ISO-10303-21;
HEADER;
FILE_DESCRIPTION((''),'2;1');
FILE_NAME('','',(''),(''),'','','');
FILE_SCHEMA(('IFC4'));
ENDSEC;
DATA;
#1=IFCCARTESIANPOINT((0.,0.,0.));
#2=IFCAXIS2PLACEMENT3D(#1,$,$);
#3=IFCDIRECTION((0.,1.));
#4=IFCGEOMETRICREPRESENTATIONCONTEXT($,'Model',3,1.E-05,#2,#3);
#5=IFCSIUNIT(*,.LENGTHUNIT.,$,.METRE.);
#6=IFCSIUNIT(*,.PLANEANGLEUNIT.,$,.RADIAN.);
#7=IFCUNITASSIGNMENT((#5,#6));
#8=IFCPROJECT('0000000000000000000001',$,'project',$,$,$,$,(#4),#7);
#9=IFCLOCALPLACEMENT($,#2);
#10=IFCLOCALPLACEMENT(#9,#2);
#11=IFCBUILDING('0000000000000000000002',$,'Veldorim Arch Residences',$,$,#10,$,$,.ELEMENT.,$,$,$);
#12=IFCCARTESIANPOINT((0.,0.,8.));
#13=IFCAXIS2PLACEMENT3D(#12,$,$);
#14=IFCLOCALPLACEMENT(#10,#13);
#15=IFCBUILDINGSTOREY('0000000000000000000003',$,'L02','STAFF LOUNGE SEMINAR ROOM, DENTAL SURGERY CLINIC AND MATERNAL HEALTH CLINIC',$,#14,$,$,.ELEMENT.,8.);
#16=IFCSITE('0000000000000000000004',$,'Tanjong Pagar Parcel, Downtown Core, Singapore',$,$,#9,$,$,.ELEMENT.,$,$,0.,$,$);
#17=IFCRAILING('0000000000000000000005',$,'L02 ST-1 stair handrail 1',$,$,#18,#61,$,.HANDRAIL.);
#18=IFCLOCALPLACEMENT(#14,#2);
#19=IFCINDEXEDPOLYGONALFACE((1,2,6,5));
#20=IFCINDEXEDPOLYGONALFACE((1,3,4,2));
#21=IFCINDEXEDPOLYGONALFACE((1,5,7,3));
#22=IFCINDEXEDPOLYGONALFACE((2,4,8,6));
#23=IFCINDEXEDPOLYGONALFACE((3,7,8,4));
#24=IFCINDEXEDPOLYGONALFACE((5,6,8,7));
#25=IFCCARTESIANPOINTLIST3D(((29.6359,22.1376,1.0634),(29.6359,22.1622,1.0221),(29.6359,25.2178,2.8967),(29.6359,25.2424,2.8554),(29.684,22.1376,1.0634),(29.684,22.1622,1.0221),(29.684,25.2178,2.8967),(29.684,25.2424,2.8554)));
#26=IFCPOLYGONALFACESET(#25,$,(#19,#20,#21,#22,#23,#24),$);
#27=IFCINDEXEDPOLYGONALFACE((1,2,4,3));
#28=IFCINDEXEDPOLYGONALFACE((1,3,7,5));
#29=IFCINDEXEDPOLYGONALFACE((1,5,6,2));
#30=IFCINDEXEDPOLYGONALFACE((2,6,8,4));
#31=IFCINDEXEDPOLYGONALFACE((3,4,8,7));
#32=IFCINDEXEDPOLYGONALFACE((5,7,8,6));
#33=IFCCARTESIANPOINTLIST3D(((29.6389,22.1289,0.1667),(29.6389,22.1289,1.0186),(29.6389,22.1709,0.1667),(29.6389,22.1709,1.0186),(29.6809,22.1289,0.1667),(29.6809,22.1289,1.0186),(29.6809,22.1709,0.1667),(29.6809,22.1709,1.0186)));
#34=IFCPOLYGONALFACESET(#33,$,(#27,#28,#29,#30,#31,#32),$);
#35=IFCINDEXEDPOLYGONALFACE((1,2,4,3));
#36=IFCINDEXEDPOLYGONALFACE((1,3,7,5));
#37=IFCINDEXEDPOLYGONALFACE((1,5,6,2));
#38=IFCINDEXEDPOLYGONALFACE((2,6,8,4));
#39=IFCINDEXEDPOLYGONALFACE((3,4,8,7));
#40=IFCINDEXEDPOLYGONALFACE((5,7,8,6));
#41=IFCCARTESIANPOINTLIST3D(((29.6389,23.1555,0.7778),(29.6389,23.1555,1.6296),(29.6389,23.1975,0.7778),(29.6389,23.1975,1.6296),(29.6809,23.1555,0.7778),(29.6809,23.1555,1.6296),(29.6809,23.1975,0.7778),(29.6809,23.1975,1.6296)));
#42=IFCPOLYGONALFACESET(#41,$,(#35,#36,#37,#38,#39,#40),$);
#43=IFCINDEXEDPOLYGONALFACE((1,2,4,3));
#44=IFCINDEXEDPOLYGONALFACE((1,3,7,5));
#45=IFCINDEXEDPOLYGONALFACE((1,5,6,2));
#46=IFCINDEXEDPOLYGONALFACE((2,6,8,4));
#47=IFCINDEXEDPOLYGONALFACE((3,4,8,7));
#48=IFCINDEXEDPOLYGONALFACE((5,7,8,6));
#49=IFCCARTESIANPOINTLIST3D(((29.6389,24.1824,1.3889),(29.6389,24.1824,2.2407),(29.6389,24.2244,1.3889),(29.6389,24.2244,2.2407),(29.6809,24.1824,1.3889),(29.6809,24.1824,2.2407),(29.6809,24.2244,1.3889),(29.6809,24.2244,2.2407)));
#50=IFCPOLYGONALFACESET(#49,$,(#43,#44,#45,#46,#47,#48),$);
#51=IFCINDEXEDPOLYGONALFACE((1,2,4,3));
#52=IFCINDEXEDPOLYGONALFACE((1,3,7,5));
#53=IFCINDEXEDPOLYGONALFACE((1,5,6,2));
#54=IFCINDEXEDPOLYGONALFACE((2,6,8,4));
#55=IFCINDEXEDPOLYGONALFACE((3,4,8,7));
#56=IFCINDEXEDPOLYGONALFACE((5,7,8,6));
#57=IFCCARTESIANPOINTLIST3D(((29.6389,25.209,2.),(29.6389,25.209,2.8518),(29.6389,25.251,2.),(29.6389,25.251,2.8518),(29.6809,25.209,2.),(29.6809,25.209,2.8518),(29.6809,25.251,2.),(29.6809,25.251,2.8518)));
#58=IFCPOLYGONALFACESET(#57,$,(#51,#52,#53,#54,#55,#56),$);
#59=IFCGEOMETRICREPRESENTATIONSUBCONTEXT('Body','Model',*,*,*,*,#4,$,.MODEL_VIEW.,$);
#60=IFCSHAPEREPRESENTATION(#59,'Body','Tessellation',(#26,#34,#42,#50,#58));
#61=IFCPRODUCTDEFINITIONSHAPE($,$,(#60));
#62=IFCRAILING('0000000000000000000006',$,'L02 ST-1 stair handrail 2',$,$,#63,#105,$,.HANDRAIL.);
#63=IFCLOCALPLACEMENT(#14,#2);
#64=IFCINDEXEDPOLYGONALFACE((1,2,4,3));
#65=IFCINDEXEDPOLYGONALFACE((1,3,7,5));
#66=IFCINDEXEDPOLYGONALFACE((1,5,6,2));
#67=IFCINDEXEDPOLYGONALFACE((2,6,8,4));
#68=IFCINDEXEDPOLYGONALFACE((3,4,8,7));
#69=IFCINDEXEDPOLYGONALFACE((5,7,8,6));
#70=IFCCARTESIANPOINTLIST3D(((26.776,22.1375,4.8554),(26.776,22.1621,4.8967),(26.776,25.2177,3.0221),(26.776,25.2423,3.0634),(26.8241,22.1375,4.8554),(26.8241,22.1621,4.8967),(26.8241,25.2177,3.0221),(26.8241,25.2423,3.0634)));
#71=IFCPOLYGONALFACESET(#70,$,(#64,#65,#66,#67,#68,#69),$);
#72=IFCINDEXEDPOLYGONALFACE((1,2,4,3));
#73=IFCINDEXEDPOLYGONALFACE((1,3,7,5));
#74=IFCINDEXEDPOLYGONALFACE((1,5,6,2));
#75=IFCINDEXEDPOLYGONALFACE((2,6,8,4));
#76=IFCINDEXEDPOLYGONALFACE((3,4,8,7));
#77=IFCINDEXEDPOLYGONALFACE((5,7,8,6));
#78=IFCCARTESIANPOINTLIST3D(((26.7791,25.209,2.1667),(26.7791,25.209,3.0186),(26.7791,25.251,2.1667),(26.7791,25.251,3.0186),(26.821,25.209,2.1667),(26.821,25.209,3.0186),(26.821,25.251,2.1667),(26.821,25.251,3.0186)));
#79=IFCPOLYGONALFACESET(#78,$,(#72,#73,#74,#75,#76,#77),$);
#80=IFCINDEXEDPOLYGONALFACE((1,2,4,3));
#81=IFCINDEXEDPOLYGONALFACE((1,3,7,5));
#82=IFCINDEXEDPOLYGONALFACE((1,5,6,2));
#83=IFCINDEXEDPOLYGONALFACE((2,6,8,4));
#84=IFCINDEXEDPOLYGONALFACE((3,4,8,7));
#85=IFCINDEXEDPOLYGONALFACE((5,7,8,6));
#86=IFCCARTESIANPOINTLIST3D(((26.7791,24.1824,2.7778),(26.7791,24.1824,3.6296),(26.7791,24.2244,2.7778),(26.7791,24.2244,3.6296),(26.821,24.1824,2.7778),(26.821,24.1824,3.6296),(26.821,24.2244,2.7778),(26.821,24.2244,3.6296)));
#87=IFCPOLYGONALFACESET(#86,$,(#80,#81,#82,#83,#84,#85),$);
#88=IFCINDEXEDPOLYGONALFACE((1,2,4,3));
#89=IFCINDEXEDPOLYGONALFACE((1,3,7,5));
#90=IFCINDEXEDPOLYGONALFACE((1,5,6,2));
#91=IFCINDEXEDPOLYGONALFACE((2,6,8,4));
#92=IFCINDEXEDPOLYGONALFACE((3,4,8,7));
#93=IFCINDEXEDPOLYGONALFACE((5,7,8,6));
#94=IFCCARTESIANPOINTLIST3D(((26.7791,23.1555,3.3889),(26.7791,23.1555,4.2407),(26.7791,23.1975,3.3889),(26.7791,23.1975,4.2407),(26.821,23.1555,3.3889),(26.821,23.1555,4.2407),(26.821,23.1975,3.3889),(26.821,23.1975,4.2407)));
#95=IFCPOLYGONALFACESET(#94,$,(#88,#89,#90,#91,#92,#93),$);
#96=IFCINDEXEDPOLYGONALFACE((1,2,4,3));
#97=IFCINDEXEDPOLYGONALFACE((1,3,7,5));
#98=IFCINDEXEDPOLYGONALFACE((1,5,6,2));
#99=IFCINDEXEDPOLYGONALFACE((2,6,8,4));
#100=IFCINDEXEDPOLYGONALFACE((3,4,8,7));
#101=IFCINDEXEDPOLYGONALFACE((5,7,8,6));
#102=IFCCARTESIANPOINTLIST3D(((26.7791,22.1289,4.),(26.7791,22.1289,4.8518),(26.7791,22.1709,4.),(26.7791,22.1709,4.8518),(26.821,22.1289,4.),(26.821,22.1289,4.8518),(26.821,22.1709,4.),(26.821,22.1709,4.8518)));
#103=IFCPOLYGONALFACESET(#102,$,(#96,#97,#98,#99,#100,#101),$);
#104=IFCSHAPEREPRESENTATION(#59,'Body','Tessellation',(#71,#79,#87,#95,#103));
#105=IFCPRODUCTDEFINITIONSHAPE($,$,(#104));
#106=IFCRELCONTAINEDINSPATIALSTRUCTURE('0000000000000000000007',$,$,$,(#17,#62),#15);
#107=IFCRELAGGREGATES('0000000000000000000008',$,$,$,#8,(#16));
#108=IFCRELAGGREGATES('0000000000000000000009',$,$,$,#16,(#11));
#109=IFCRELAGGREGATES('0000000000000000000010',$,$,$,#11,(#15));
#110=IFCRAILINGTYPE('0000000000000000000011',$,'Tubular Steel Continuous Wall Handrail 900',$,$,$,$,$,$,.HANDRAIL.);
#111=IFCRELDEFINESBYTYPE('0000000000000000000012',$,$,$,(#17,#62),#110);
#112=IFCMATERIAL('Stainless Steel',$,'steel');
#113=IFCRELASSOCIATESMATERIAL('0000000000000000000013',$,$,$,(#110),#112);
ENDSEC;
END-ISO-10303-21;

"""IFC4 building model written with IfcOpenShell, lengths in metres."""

from ifc_helpers import new_model, si_unit, direction, frame, origin, origin_2d, place, context, subcontext, project, spatial, rectangle, extrude, material, type_object, element, save


model = new_model("IFC4")

# Units and contexts
model_context = context("Model", 3, precision=1e-05, world=origin(), true_north=direction((0.0, 1.0)))
body_context = subcontext(model_context, "Body", "Model", "MODEL_VIEW")
ifc_project = project(units=[si_unit("LENGTHUNIT", "METRE"), si_unit("PLANEANGLEUNIT", "RADIAN")], contexts=[model_context])

# Site, building, storey
site_placement = place(None, origin())
site = spatial("IfcSite", under=ifc_project, at=site_placement, Name="Tanjong Pagar Parcel, Downtown Core, Singapore", CompositionType="ELEMENT", RefElevation=0.0)
building_placement = place(site_placement, origin())
building = spatial("IfcBuilding", under=site, at=building_placement, Name="Veldorim Arch Residences", CompositionType="ELEMENT")
storey_placement = place(building_placement, frame((0.0, 0.0, 8.0)))
storey = spatial("IfcBuildingStorey", under=building, at=storey_placement, Name="L02", Description="STAFF LOUNGE SEMINAR ROOM, DENTAL SURGERY CLINIC AND MATERNAL HEALTH CLINIC", CompositionType="ELEMENT", Elevation=8.0)

# Railings
ifc_material_1 = material(Name="Stainless Steel", Category="steel")
railing_type_1 = type_object("IfcRailingType", Name="Tubular Steel Continuous Wall Handrail 900", PredefinedType="HANDRAIL", material=ifc_material_1)
railing_1_placement = place(storey_placement, frame((29.6599, 22.1499, 0.1667)))
element("IfcRailing", 1, at=railing_1_placement, inside=storey, type_object=railing_type_1, Name="L02 ST-1 stair handrail 1", PredefinedType="HANDRAIL", context=body_context, shape_type="SweptSolid", body=[
    extrude(rectangle(XDim=0.0481, YDim=0.0481, at=origin_2d()), frame((0.0, 0.0, 0.876), z_axis=(0.0, 0.859309, 0.511458), x_axis=(-1.0, 0.0, 0.0)), (0.0, 0.0, 1.0), 3.5845),
    extrude(rectangle(XDim=0.042, YDim=0.042, at=origin_2d()), origin(), (0.0, 0.0, 1.0), 0.8518),
    extrude(rectangle(XDim=0.042, YDim=0.042, at=origin_2d()), frame((0.0, 1.0266, 0.6111)), (0.0, 0.0, 1.0), 0.8518),
    extrude(rectangle(XDim=0.042, YDim=0.042, at=origin_2d()), frame((0.0, 2.0535, 1.2222)), (0.0, 0.0, 1.0), 0.8518),
    extrude(rectangle(XDim=0.042, YDim=0.042, at=origin_2d()), frame((0.0, 3.0801, 1.8333)), (0.0, 0.0, 1.0), 0.8518),
])
railing_2_placement = place(storey_placement, frame((26.8, 25.23, 2.1667)))
element("IfcRailing", 2, at=railing_2_placement, inside=storey, type_object=railing_type_1, Name="L02 ST-1 stair handrail 2", PredefinedType="HANDRAIL", context=body_context, shape_type="SweptSolid", body=[
    extrude(rectangle(XDim=0.0481, YDim=0.0481, at=origin_2d()), frame((0.0, 0.0, 0.876), z_axis=(0.0, -0.859309, 0.511458), x_axis=(1.0, 0.0, 0.0)), (0.0, 0.0, 1.0), 3.5845),
    extrude(rectangle(XDim=0.042, YDim=0.042, at=origin_2d()), origin(), (0.0, 0.0, 1.0), 0.8518),
    extrude(rectangle(XDim=0.042, YDim=0.042, at=origin_2d()), frame((0.0, -1.0266, 0.6111)), (0.0, 0.0, 1.0), 0.8518),
    extrude(rectangle(XDim=0.042, YDim=0.042, at=origin_2d()), frame((0.0, -2.0535, 1.2222)), (0.0, 0.0, 1.0), 0.8518),
    extrude(rectangle(XDim=0.042, YDim=0.042, at=origin_2d()), frame((0.0, -3.0801, 1.8333)), (0.0, 0.0, 1.0), 0.8518),
])

save(model, "model.ifc")
